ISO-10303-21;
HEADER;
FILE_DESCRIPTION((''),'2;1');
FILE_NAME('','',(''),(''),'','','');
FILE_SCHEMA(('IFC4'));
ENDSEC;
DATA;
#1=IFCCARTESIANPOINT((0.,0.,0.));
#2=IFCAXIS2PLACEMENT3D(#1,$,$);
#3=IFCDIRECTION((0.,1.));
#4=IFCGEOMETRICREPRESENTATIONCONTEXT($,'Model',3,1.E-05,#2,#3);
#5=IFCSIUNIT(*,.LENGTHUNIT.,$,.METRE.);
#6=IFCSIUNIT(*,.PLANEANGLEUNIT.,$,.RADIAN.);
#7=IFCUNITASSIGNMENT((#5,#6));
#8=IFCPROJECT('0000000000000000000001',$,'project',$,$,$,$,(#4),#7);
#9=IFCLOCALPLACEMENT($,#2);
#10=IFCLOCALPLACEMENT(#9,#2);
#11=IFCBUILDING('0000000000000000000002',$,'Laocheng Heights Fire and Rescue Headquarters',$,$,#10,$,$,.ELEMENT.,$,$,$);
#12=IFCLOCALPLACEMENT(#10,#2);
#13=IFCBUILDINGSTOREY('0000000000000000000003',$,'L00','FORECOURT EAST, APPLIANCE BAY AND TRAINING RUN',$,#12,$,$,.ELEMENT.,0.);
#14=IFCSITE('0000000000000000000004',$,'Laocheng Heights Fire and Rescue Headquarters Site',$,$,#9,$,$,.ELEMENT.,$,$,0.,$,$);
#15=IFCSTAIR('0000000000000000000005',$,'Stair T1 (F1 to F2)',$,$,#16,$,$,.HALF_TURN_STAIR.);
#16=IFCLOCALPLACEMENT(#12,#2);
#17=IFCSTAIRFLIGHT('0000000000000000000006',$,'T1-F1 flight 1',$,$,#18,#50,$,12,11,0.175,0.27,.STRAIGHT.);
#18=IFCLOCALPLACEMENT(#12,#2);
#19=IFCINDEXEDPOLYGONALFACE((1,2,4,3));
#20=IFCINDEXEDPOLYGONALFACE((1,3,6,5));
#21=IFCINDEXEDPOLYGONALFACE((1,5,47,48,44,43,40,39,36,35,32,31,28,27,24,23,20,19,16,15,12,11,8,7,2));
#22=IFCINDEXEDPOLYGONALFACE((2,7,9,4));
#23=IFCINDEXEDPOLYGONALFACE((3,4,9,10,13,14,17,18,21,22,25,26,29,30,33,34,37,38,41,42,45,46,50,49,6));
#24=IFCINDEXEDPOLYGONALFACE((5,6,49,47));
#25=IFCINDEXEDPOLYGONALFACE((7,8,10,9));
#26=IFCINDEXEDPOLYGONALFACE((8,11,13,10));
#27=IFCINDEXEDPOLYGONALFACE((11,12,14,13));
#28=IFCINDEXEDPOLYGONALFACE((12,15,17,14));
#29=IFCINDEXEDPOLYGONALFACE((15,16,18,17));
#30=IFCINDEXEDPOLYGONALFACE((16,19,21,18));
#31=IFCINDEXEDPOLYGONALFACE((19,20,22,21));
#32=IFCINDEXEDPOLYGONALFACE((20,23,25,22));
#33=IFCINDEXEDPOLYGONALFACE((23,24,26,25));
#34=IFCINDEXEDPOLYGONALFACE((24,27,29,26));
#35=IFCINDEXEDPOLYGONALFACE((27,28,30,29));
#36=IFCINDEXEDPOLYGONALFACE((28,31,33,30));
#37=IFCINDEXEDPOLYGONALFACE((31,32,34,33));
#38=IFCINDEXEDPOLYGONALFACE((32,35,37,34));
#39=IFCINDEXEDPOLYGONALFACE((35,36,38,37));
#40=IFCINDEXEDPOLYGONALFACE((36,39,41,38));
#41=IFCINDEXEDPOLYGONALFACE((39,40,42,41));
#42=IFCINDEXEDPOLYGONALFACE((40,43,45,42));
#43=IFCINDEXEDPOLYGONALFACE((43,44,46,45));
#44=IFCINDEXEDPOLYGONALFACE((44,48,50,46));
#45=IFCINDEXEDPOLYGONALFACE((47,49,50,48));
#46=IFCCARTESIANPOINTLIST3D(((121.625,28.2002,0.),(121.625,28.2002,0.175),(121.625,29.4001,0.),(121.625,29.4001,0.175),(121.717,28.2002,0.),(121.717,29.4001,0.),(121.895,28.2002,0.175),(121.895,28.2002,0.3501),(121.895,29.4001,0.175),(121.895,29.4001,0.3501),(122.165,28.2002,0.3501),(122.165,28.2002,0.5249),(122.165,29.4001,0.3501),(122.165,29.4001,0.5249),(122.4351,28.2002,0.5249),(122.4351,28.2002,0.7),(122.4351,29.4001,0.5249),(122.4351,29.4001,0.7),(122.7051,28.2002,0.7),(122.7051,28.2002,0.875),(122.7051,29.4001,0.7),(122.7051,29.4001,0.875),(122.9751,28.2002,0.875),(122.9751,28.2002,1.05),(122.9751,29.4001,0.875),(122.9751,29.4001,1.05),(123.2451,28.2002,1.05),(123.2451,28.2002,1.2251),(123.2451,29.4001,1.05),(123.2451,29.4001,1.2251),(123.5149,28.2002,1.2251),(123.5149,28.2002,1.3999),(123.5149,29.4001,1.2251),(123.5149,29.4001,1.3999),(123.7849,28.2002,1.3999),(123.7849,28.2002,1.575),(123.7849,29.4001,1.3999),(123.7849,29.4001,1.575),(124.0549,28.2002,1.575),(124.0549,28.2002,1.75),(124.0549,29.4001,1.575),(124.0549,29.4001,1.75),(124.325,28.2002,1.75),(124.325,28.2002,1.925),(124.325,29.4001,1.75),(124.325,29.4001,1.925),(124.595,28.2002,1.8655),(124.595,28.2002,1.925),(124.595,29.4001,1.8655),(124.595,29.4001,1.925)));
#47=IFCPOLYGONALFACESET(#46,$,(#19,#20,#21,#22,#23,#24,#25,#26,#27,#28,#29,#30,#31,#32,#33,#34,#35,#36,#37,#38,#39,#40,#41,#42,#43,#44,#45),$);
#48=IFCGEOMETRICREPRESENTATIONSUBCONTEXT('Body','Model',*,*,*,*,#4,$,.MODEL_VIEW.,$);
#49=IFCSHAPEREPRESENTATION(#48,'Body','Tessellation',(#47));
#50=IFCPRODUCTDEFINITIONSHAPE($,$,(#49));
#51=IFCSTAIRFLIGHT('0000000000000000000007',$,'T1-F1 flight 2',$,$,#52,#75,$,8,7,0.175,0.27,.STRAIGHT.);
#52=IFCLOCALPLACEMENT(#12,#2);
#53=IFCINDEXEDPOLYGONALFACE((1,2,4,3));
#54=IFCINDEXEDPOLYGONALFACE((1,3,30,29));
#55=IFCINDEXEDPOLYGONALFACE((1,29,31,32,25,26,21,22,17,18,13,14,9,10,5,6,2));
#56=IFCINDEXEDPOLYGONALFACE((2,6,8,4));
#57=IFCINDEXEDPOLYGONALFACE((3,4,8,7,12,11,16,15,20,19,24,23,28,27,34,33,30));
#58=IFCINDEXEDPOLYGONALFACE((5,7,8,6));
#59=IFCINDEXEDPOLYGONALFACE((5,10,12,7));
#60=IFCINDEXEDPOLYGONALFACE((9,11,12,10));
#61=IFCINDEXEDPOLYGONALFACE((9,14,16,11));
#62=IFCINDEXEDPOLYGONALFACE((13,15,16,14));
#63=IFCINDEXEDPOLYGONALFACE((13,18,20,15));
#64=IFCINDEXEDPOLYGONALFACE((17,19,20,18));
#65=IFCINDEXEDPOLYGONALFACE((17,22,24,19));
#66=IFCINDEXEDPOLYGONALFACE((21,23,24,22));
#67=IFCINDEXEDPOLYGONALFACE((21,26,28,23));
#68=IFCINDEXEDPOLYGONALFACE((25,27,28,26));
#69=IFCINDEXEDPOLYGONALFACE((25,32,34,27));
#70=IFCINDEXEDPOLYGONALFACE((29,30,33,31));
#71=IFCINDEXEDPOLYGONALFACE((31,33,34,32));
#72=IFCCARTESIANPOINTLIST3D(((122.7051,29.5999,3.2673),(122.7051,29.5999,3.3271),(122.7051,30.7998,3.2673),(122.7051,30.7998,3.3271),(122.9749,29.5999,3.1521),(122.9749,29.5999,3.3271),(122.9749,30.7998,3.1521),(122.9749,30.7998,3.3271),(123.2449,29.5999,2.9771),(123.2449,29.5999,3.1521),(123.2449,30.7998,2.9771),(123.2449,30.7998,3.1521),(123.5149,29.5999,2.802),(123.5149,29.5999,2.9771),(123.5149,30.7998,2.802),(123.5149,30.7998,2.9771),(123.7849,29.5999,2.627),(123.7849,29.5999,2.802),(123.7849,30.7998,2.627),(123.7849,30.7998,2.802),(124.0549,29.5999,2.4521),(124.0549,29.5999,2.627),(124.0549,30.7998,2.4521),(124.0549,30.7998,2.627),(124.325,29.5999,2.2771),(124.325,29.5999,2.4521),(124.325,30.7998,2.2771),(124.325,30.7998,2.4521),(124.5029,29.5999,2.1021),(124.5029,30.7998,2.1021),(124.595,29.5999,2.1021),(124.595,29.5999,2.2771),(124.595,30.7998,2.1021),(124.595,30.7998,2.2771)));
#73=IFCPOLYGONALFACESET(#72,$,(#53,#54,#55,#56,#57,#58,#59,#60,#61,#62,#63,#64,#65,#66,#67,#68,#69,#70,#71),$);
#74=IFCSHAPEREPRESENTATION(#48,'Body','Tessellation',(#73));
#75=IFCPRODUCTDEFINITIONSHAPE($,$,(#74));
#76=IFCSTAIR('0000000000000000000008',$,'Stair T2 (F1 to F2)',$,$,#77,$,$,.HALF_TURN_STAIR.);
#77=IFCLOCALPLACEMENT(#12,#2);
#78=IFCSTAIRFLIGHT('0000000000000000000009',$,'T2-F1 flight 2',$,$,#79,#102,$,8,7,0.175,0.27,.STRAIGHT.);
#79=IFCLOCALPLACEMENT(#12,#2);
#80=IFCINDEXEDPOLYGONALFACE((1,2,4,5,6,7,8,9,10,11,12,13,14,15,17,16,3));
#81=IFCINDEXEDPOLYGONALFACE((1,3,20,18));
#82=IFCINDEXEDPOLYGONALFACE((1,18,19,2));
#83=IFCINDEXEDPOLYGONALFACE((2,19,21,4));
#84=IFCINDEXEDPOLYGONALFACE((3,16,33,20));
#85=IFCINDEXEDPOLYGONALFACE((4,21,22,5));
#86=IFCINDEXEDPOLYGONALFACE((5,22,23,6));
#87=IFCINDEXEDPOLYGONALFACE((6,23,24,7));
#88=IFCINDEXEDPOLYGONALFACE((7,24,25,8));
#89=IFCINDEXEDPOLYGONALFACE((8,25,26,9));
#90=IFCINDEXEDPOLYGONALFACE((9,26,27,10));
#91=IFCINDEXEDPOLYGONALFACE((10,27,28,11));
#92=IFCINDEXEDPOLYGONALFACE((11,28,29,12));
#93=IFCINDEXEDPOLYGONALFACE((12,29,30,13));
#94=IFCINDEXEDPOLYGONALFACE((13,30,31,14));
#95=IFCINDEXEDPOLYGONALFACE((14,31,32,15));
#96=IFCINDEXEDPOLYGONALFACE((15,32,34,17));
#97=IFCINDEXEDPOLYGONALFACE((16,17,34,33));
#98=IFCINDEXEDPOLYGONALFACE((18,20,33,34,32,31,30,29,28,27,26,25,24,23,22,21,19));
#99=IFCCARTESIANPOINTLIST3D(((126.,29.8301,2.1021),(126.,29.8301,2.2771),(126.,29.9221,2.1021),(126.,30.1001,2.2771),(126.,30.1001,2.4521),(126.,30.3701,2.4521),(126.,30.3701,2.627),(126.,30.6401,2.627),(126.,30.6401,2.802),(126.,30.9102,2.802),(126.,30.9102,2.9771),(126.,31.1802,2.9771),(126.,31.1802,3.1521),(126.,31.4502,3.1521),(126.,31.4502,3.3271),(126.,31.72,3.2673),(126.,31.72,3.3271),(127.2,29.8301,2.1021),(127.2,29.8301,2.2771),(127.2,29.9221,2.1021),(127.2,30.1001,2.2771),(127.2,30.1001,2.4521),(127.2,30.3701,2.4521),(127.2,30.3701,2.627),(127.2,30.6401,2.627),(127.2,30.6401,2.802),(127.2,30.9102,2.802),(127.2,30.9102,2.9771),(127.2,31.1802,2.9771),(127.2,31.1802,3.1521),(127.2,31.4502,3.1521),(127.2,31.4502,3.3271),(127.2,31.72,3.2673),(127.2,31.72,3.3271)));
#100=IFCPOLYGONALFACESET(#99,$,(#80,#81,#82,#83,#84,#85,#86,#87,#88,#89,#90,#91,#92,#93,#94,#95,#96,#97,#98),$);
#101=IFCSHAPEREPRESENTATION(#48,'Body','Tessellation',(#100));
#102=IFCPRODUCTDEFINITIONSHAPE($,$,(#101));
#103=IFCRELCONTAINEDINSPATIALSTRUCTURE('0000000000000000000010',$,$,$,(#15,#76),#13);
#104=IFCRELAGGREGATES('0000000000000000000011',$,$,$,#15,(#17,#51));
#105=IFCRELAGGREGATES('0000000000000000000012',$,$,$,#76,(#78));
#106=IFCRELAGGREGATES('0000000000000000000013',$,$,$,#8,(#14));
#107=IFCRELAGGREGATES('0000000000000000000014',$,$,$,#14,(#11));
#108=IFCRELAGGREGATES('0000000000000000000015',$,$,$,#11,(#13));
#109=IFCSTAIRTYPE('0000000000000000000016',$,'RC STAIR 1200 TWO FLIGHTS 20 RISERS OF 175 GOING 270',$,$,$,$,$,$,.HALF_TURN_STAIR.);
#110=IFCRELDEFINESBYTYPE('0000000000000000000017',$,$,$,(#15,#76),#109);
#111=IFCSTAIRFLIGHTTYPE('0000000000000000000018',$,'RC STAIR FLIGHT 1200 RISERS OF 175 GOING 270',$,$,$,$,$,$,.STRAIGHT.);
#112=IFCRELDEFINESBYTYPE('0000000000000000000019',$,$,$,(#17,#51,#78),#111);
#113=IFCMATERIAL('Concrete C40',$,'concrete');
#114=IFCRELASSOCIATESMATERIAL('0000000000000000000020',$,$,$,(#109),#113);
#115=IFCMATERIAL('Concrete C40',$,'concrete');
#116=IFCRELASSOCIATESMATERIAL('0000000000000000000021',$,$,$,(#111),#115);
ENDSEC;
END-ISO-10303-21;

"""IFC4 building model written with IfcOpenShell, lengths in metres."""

from ifc_helpers import new_model, si_unit, direction, frame, origin, place, context, subcontext, project, spatial, polyline, outline, extrude, material, type_object, element, aggregate, save


model = new_model("IFC4")

# Units and contexts
model_context = context("Model", 3, precision=1e-05, world=origin(), true_north=direction((0.0, 1.0)))
body_context = subcontext(model_context, "Body", "Model", "MODEL_VIEW")
ifc_project = project(units=[si_unit("LENGTHUNIT", "METRE"), si_unit("PLANEANGLEUNIT", "RADIAN")], contexts=[model_context])

# Site, building, storey
site_placement = place(None, origin())
site = spatial("IfcSite", under=ifc_project, at=site_placement, Name="Laocheng Heights Fire and Rescue Headquarters Site", CompositionType="ELEMENT", RefElevation=0.0)
building_placement = place(site_placement, origin())
building = spatial("IfcBuilding", under=site, at=building_placement, Name="Laocheng Heights Fire and Rescue Headquarters", CompositionType="ELEMENT")
storey_placement = place(building_placement, origin())
storey = spatial("IfcBuildingStorey", under=building, at=storey_placement, Name="L00", Description="FORECOURT EAST, APPLIANCE BAY AND TRAINING RUN", CompositionType="ELEMENT", Elevation=0.0)

# Stair, stair flights
ifc_material_1 = material(Name="Concrete C40", Category="concrete")
stair_type = type_object("IfcStairType", Name="RC STAIR 1200 TWO FLIGHTS 20 RISERS OF 175 GOING 270", PredefinedType="HALF_TURN_STAIR", material=ifc_material_1)
stair_1_placement = place(storey_placement, origin())
stair_1 = element("IfcStair", 1, at=stair_1_placement, inside=storey, type_object=stair_type, Name="Stair T1 (F1 to F2)", PredefinedType="HALF_TURN_STAIR")
ifc_material_2 = material(Name="Concrete C40", Category="concrete")
stair_flight_type = type_object("IfcStairFlightType", Name="RC STAIR FLIGHT 1200 RISERS OF 175 GOING 270", PredefinedType="STRAIGHT", material=ifc_material_2)
stair_flight_1_placement = place(storey_placement, frame((121.625, 28.8, 0.0), z_axis=(0.0, 0.0, 1.0), x_axis=(1.0, 0.0, 0.0)))
stair_flight_1 = element("IfcStairFlight", 2, at=stair_flight_1_placement, type_object=stair_flight_type, Name="T1-F1 flight 1", NumberOfRisers=12, NumberOfTreads=11, PredefinedType="STRAIGHT", RiserHeight=0.175, TreadLength=0.27, context=body_context, shape_type="SweptSolid", body=[
    extrude(outline(polyline([(0.0, 0.0), (0.0, 0.175), (0.27, 0.175), (0.27, 0.3501), (0.54, 0.3501), (0.54, 0.5249), (0.8101, 0.5249), (0.8101, 0.7), (1.0801, 0.7), (1.0801, 0.875), (1.3501, 0.875), (1.3501, 1.05), (1.6201, 1.05), (1.6201, 1.2251), (1.8899, 1.2251), (1.8899, 1.3999), (2.1599, 1.3999), (2.1599, 1.575), (2.4299, 1.575), (2.4299, 1.75), (2.7, 1.75), (2.7, 1.925), (2.97, 1.925), (2.97, 2.1001), (2.97, 1.8655), (0.092, 0.0), (0.0, 0.0)])), frame((0.0, 0.6001, 0.0), z_axis=(0.0, -1.0, 0.0), x_axis=(1.0, 0.0, 0.0)), (0.0, 0.0, 1.0), 1.2),
])
stair_flight_2_placement = place(storey_placement, frame((124.595, 30.2, 2.1021), z_axis=(0.0, 0.0, 1.0), x_axis=(-1.0, 0.0, 0.0)))
stair_flight_2 = element("IfcStairFlight", 3, at=stair_flight_2_placement, type_object=stair_flight_type, Name="T1-F1 flight 2", NumberOfRisers=8, NumberOfTreads=7, PredefinedType="STRAIGHT", RiserHeight=0.175, TreadLength=0.27, context=body_context, shape_type="SweptSolid", body=[
    extrude(outline(polyline([(0.0, 0.0), (0.0, 0.175), (0.27, 0.175), (0.27, 0.3501), (0.54, 0.3501), (0.54, 0.5249), (0.8101, 0.5249), (0.8101, 0.7), (1.0801, 0.7), (1.0801, 0.875), (1.3501, 0.875), (1.3501, 1.05), (1.6201, 1.05), (1.6201, 1.2251), (1.8899, 1.2251), (1.8899, 1.3999), (1.8899, 1.1653), (0.092, 0.0), (0.0, 0.0)])), frame((0.0, 0.6001, 0.0), z_axis=(0.0, -1.0, 0.0), x_axis=(1.0, 0.0, 0.0)), (0.0, 0.0, 1.0), 1.2),
])
aggregate(stair_1, [stair_flight_1, stair_flight_2])

# Stair, stair flight
stair_2_placement = place(storey_placement, origin())
stair_2 = element("IfcStair", 4, at=stair_2_placement, inside=storey, type_object=stair_type, Name="Stair T2 (F1 to F2)", PredefinedType="HALF_TURN_STAIR")
stair_flight_3_placement = place(storey_placement, frame((126.6001, 29.8301, 2.1021), z_axis=(0.0, 0.0, 1.0), x_axis=(0.0, 1.0, 0.0)))
stair_flight_3 = element("IfcStairFlight", 5, at=stair_flight_3_placement, type_object=stair_flight_type, Name="T2-F1 flight 2", NumberOfRisers=8, NumberOfTreads=7, PredefinedType="STRAIGHT", RiserHeight=0.175, TreadLength=0.27, context=body_context, shape_type="SweptSolid", body=[
    extrude(outline(polyline([(0.0, 0.0), (0.0, 0.175), (0.27, 0.175), (0.27, 0.3501), (0.54, 0.3501), (0.54, 0.5249), (0.8101, 0.5249), (0.8101, 0.7), (1.0801, 0.7), (1.0801, 0.875), (1.3501, 0.875), (1.3501, 1.05), (1.6201, 1.05), (1.6201, 1.2251), (1.8899, 1.2251), (1.8899, 1.3999), (1.8899, 1.1653), (0.092, 0.0), (0.0, 0.0)])), frame((0.0, 0.6001, 0.0), z_axis=(0.0, -1.0, 0.0), x_axis=(1.0, 0.0, 0.0)), (0.0, 0.0, 1.0), 1.2),
])
aggregate(stair_2, [stair_flight_3])

save(model, "model.ifc")
